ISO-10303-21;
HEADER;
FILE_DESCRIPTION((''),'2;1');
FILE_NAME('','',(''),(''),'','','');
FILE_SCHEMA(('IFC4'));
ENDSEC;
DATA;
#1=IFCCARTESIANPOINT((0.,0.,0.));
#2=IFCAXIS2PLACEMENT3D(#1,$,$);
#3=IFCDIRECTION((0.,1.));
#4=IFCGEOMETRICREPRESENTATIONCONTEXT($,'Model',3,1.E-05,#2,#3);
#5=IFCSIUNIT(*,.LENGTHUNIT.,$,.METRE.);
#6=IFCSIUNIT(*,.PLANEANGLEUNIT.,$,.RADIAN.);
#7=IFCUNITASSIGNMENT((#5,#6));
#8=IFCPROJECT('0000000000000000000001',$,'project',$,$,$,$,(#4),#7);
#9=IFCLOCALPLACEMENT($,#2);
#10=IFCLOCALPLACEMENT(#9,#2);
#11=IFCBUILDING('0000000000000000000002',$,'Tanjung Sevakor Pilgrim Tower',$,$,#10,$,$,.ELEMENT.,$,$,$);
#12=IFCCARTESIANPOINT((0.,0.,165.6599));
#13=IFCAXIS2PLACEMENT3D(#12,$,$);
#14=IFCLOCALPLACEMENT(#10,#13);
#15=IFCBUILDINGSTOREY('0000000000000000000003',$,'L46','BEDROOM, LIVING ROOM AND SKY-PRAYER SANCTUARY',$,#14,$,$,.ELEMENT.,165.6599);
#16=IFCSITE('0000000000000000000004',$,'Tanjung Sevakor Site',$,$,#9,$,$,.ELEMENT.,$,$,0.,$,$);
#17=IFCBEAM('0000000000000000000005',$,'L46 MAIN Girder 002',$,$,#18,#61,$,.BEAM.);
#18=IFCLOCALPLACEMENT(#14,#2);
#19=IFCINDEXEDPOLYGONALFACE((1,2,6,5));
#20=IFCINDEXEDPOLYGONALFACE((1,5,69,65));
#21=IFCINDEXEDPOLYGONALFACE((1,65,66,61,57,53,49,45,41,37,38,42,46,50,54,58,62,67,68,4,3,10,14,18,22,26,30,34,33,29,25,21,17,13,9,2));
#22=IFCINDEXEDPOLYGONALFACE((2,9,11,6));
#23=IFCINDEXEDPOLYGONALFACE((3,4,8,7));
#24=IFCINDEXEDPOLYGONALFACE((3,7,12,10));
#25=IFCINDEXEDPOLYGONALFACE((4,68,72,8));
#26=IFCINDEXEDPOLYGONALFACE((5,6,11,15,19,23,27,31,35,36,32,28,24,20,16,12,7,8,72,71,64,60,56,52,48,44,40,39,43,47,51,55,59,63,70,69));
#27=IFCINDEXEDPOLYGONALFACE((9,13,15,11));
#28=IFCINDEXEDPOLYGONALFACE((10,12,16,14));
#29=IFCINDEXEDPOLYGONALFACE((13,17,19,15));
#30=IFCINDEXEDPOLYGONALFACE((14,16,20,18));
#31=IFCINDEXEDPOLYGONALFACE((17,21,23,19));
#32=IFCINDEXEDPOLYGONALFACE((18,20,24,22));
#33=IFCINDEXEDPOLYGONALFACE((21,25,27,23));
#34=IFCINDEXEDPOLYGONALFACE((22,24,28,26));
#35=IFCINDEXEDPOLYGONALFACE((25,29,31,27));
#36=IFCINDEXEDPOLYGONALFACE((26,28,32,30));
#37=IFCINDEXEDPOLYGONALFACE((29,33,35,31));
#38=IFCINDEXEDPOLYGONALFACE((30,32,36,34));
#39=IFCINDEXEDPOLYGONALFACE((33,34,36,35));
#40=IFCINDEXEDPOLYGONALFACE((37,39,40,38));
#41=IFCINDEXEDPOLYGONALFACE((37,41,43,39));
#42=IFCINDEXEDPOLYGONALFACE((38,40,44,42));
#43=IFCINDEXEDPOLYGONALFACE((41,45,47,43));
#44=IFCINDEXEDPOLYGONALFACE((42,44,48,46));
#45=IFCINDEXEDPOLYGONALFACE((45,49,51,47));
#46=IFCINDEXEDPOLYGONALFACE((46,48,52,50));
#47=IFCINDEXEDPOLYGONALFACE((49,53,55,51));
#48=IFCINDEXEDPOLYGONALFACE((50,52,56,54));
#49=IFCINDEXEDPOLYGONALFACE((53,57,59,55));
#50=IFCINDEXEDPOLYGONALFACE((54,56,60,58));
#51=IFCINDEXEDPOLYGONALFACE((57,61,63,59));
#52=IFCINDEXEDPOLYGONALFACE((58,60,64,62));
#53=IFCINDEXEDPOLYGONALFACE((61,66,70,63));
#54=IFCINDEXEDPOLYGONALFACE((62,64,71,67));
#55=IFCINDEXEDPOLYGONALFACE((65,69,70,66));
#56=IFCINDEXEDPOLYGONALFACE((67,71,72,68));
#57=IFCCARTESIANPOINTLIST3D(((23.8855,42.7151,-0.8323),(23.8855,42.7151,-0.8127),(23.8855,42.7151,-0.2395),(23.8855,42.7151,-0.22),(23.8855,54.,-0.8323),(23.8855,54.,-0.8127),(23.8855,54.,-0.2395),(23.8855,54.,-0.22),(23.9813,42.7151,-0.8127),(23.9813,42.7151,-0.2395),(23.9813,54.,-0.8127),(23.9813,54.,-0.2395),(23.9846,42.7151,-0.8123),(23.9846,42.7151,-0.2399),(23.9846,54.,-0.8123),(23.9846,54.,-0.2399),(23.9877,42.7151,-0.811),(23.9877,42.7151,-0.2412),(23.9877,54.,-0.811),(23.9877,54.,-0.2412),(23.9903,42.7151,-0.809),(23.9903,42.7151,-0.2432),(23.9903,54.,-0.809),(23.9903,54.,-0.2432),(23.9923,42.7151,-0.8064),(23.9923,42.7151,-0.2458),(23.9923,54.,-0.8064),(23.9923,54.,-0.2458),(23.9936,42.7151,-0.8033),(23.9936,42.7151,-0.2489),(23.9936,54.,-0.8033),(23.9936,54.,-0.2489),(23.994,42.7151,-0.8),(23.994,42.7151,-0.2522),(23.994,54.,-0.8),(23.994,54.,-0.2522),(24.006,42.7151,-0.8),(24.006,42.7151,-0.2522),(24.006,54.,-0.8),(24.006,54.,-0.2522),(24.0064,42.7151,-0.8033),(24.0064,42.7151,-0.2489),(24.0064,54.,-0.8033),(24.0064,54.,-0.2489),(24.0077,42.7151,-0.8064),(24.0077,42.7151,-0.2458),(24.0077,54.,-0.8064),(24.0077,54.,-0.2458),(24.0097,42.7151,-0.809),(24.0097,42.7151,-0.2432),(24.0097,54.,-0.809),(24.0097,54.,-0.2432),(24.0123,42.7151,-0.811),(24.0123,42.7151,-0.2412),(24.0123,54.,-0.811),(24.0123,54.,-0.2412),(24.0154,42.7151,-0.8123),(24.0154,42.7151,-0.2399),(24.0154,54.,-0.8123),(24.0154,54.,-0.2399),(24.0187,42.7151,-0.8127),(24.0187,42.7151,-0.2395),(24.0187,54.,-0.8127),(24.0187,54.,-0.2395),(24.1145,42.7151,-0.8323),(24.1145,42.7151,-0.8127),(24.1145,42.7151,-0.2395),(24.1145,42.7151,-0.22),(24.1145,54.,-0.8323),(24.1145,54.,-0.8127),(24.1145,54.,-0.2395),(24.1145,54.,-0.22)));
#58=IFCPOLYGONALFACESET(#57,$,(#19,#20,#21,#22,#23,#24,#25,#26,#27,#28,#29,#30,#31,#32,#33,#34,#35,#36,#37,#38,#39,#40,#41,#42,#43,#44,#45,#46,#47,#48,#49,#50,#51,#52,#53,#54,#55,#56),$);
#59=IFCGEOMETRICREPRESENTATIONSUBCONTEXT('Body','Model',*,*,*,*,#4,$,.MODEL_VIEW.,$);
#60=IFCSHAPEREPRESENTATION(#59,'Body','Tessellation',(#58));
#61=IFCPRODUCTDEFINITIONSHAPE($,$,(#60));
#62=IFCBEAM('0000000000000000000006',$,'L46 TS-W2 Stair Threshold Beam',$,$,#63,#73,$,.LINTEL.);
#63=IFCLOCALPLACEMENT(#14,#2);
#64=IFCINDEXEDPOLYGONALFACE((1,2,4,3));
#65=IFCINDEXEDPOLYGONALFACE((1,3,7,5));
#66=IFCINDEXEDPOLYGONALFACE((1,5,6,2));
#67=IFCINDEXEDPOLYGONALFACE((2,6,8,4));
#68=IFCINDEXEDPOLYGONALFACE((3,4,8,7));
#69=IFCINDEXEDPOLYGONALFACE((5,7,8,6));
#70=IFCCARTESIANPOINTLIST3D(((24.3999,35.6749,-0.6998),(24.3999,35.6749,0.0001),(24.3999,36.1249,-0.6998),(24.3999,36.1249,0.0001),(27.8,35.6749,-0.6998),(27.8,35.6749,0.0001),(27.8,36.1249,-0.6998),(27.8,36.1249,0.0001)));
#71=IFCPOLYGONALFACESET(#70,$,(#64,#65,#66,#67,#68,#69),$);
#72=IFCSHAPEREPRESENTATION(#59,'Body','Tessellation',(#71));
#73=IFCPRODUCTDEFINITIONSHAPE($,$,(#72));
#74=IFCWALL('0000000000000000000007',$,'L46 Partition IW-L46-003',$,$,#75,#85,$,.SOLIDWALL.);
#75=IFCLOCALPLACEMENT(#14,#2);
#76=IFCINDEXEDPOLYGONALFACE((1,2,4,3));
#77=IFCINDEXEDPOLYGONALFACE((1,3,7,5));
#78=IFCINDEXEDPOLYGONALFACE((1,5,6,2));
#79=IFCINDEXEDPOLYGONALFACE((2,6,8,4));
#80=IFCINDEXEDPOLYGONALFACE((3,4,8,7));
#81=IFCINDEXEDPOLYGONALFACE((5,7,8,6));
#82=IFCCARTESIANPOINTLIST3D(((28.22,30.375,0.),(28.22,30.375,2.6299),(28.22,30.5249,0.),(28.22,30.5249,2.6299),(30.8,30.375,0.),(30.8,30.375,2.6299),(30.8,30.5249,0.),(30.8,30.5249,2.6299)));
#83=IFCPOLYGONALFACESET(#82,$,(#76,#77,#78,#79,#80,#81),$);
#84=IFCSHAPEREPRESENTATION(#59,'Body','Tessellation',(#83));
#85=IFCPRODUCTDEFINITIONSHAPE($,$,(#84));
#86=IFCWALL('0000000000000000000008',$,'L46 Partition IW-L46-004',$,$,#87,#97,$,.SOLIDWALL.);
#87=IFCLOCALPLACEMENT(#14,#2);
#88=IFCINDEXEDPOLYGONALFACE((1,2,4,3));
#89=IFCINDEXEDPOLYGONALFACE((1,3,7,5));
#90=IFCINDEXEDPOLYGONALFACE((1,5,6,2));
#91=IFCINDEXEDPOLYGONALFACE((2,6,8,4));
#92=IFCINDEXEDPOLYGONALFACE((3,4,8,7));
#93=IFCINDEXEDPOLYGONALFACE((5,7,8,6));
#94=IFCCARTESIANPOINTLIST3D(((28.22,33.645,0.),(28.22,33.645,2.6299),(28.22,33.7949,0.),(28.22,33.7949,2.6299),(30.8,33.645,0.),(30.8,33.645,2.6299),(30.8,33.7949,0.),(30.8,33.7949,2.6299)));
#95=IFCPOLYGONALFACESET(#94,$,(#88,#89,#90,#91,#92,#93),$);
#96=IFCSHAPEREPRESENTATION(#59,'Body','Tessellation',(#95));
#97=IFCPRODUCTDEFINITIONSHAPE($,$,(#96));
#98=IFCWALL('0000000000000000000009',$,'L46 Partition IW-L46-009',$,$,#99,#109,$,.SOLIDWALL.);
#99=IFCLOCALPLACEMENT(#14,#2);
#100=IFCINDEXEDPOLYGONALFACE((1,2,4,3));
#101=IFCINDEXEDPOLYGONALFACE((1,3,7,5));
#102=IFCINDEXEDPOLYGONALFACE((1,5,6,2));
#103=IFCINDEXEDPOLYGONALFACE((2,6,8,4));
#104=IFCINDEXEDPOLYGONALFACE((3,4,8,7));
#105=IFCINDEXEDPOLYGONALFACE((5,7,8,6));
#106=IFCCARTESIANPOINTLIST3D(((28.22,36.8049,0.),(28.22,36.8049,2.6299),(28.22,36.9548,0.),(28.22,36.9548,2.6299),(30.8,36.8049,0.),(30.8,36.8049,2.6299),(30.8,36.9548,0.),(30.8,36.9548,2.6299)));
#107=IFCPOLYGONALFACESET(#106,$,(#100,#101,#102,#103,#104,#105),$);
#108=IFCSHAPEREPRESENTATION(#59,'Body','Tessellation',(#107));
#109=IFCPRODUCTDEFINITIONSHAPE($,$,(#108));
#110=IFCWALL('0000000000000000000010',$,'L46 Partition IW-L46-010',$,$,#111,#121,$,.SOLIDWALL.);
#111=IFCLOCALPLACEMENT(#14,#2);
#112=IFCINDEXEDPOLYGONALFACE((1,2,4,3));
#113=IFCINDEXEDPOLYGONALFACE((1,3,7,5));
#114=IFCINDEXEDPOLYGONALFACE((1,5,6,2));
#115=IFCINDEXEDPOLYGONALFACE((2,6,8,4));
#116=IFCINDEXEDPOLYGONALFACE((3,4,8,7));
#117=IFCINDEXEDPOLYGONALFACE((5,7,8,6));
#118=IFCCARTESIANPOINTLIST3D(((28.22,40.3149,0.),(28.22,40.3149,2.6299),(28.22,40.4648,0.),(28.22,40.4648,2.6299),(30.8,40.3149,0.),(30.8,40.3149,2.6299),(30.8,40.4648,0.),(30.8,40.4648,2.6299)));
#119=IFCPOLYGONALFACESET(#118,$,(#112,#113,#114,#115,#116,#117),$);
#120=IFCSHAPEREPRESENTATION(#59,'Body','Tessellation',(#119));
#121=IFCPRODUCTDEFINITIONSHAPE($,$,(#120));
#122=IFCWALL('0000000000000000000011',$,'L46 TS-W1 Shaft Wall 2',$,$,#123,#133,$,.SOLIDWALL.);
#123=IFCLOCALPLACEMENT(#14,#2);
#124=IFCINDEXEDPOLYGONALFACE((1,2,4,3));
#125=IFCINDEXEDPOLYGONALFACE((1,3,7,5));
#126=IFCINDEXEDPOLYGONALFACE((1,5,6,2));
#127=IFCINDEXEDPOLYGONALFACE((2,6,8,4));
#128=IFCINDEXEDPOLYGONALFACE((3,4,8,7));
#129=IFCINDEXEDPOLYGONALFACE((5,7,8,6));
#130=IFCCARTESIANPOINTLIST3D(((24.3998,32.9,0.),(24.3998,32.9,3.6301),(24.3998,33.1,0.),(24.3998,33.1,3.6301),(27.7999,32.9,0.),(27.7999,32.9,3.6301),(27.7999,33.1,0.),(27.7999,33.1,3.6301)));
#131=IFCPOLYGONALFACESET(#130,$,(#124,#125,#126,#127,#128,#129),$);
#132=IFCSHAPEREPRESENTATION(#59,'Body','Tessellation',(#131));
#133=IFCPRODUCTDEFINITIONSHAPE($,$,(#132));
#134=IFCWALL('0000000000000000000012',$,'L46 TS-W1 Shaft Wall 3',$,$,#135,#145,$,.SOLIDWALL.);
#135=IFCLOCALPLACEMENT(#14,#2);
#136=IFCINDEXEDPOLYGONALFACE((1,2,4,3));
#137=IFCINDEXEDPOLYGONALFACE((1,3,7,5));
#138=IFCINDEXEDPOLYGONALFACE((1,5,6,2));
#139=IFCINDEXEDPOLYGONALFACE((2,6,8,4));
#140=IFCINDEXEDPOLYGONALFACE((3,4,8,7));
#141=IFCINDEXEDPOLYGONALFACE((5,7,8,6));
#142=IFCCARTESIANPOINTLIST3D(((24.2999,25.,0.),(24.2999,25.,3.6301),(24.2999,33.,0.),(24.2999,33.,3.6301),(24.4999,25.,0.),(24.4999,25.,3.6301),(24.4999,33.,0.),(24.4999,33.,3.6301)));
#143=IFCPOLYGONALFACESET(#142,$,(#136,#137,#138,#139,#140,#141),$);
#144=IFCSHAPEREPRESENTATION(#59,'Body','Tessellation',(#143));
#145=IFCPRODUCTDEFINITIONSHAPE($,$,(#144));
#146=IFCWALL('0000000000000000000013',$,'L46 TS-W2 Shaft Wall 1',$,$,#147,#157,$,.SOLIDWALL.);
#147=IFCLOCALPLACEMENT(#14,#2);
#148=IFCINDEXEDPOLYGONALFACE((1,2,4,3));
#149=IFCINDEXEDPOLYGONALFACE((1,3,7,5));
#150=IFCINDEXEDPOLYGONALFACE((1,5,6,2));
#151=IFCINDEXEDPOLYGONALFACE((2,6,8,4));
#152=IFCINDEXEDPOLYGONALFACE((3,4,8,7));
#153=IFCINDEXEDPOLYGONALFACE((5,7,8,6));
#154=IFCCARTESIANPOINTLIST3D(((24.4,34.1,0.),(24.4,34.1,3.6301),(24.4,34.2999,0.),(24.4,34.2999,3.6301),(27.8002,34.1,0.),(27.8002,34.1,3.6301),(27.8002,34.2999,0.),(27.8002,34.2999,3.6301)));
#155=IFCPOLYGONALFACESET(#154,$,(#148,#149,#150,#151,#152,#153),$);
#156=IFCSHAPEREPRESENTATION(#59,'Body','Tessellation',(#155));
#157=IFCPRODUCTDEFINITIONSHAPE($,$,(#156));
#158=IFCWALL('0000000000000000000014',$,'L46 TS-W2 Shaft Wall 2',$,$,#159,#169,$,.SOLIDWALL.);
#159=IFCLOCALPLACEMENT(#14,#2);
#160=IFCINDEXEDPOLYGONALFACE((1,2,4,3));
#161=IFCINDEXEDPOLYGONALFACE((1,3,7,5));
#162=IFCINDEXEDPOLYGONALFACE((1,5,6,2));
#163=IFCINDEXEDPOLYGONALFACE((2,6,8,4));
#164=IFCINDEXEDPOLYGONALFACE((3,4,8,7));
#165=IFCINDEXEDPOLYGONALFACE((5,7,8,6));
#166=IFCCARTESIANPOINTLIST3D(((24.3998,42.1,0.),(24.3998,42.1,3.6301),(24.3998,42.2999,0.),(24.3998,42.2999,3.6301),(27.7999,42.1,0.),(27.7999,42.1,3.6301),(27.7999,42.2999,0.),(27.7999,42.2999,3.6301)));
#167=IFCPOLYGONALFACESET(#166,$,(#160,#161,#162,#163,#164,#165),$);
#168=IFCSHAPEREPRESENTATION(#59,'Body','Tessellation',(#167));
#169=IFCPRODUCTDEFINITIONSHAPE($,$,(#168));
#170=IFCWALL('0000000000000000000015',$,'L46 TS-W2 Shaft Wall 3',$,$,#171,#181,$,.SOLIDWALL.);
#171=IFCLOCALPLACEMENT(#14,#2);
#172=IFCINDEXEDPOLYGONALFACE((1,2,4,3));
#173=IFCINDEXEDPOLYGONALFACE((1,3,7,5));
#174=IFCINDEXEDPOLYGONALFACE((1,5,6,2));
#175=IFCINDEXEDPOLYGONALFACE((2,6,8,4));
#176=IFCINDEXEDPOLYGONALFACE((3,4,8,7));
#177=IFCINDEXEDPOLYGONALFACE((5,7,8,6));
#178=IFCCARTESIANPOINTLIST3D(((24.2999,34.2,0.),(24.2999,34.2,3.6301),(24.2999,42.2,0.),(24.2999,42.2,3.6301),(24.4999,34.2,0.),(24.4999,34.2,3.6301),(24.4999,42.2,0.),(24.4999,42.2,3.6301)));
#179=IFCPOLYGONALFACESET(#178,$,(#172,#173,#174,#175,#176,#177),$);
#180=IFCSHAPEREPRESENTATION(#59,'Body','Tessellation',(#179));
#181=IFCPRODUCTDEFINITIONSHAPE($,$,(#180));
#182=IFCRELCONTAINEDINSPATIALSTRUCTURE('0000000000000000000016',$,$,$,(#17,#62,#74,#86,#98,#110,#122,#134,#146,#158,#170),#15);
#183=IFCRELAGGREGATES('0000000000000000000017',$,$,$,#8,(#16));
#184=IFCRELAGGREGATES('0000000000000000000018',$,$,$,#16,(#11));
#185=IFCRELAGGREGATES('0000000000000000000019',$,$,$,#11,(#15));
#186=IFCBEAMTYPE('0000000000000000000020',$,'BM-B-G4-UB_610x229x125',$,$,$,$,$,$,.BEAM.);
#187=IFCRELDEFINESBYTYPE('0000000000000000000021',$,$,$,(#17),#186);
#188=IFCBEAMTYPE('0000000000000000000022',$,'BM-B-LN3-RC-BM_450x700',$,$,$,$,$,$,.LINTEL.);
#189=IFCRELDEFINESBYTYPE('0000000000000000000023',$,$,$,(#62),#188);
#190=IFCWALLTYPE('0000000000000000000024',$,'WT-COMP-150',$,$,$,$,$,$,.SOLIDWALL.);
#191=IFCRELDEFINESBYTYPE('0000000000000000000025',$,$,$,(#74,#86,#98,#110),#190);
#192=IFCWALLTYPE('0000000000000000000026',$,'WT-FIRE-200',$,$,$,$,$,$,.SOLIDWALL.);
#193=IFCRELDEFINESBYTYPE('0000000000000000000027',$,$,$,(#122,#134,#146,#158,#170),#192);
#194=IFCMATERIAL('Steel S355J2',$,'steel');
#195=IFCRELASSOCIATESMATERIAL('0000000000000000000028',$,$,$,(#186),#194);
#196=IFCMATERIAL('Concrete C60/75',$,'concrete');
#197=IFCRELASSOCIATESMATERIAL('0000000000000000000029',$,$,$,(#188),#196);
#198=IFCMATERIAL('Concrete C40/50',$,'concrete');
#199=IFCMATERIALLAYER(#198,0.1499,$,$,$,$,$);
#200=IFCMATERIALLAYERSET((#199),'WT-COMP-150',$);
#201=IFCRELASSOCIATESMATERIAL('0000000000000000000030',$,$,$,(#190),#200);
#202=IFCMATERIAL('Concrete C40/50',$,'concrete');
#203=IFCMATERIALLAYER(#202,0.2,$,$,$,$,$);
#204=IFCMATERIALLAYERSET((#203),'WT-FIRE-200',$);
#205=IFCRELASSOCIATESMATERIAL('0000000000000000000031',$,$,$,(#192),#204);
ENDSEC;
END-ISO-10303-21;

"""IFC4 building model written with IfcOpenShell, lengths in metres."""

from ifc_helpers import new_model, si_unit, direction, frame, frame_2d, origin, origin_2d, place, context, subcontext, project, spatial, rectangle, i_section, extrude, material, layer, layer_set, material_profile, profile_set, type_object, element, save


model = new_model("IFC4")

# Units and contexts
model_context = context("Model", 3, precision=1e-05, world=origin(), true_north=direction((0.0, 1.0)))
body_context = subcontext(model_context, "Body", "Model", "MODEL_VIEW")
ifc_project = project(units=[si_unit("LENGTHUNIT", "METRE"), si_unit("PLANEANGLEUNIT", "RADIAN")], contexts=[model_context])

# Site, building, storey
site_placement = place(None, origin())
site = spatial("IfcSite", under=ifc_project, at=site_placement, Name="Tanjung Sevakor Site", CompositionType="ELEMENT", RefElevation=0.0)
building_placement = place(site_placement, origin())
building = spatial("IfcBuilding", under=site, at=building_placement, Name="Tanjung Sevakor Pilgrim Tower", CompositionType="ELEMENT")
storey_placement = place(building_placement, frame((0.0, 0.0, 165.6599)))
storey = spatial("IfcBuildingStorey", under=building, at=storey_placement, Name="L46", Description="BEDROOM, LIVING ROOM AND SKY-PRAYER SANCTUARY", CompositionType="ELEMENT", Elevation=165.6599)

# Beams
ifc_material_1 = material(Name="Steel S355J2", Category="steel")
ifc_material_profile_1 = material_profile(ifc_material_1, i_section(OverallWidth=0.229, OverallDepth=0.6123, WebThickness=0.012, FlangeThickness=0.0195, FilletRadius=0.0127, at=origin_2d()))
ifc_profile_set_1 = profile_set([ifc_material_profile_1], Name="Steel S355J2")
beam_type_1 = type_object("IfcBeamType", Name="BM-B-G4-UB_610x229x125", PredefinedType="BEAM", material=ifc_profile_set_1)
beam_1_placement = place(storey_placement, frame((24.0, 42.7151, -0.5261), z_axis=(0.0, 1.0, 0.0), x_axis=(-1.0, 0.0, 0.0)))
element("IfcBeam", 1, at=beam_1_placement, inside=storey, type_object=beam_type_1, Name="L46 MAIN Girder 002", PredefinedType="BEAM", context=body_context, shape_type="SweptSolid", body=[
    extrude(i_section(OverallWidth=0.229, OverallDepth=0.6123, WebThickness=0.012, FlangeThickness=0.0195, FilletRadius=0.0127, at=origin_2d()), origin(), (0.0, 0.0, 1.0), 11.2849),
])
ifc_material_2 = material(Name="Concrete C60/75", Category="concrete")
ifc_material_profile_2 = material_profile(ifc_material_2, rectangle(XDim=0.45, YDim=0.7, at=origin_2d()))
ifc_profile_set_2 = profile_set([ifc_material_profile_2], Name="Concrete C60/75")
beam_type_2 = type_object("IfcBeamType", Name="BM-B-LN3-RC-BM_450x700", PredefinedType="LINTEL", material=ifc_profile_set_2)
beam_2_placement = place(storey_placement, frame((24.3999, 35.8999, -0.3499), z_axis=(1.0, 0.0, 0.0), x_axis=(0.0, 1.0, 0.0)))
element("IfcBeam", 2, at=beam_2_placement, inside=storey, type_object=beam_type_2, Name="L46 TS-W2 Stair Threshold Beam", PredefinedType="LINTEL", context=body_context, shape_type="SweptSolid", body=[
    extrude(rectangle(XDim=0.45, YDim=0.7, at=origin_2d()), origin(), (0.0, 0.0, 1.0), 3.4001),
])

# Walls
ifc_material_3 = material(Name="Concrete C40/50", Category="concrete")
ifc_layer_1 = layer(ifc_material_3, 0.1499)
ifc_layer_set_1 = layer_set([ifc_layer_1], Name="WT-COMP-150")
wall_type_1 = type_object("IfcWallType", Name="WT-COMP-150", PredefinedType="SOLIDWALL", material=ifc_layer_set_1)
for number, where, z_axis, x_axis, name in (
    (3, (28.22, 30.45, 0.0), (0.0, 0.0, 1.0), (1.0, 0.0, 0.0), "L46 Partition IW-L46-003"),
    (4, (28.22, 33.72, 0.0), (0.0, 0.0, 1.0), (1.0, 0.0, 0.0), "L46 Partition IW-L46-004"),
    (5, (28.22, 36.8799, 0.0), (0.0, 0.0, 1.0), (1.0, 0.0, 0.0), "L46 Partition IW-L46-009"),
    (6, (28.22, 40.3899, 0.0), (0.0, 0.0, 1.0), (1.0, 0.0, 0.0), "L46 Partition IW-L46-010"),
):
    element("IfcWall", number, at=place(storey_placement, frame(where, z_axis=z_axis, x_axis=x_axis)), inside=storey, type_object=wall_type_1, Name=name, PredefinedType="SOLIDWALL", context=body_context, shape_type="SweptSolid", body=[
        extrude(rectangle(XDim=2.5801, YDim=0.1499, at=frame_2d((1.29, 0.0))), origin(), (0.0, 0.0, 1.0), 2.6299),
    ])
ifc_material_4 = material(Name="Concrete C40/50", Category="concrete")
ifc_layer_2 = layer(ifc_material_4, 0.2)
ifc_layer_set_2 = layer_set([ifc_layer_2], Name="WT-FIRE-200")
wall_type_2 = type_object("IfcWallType", Name="WT-FIRE-200", PredefinedType="SOLIDWALL", material=ifc_layer_set_2)
wall_1_placement = place(storey_placement, frame((27.8, 33.0, 0.0), z_axis=(0.0, 0.0, 1.0), x_axis=(-1.0, 0.0, 0.0)))
element("IfcWall", 7, at=wall_1_placement, inside=storey, type_object=wall_type_2, Name="L46 TS-W1 Shaft Wall 2", PredefinedType="SOLIDWALL", context=body_context, shape_type="SweptSolid", body=[
    extrude(rectangle(XDim=3.4001, YDim=0.2, at=frame_2d((1.7002, 0.0))), origin(), (0.0, 0.0, 1.0), 3.6301),
])
wall_2_placement = place(storey_placement, frame((24.3999, 33.0, 0.0), z_axis=(0.0, 0.0, 1.0), x_axis=(0.0, -1.0, 0.0)))
element("IfcWall", 8, at=wall_2_placement, inside=storey, type_object=wall_type_2, Name="L46 TS-W1 Shaft Wall 3", PredefinedType="SOLIDWALL", context=body_context, shape_type="SweptSolid", body=[
    extrude(rectangle(XDim=8.0, YDim=0.2, at=frame_2d((4.0, 0.0))), origin(), (0.0, 0.0, 1.0), 3.6301),
])
for number, where, z_axis, x_axis, name in (
    (9, (24.3999, 34.2, 0.0), (0.0, 0.0, 1.0), (1.0, 0.0, 0.0), "L46 TS-W2 Shaft Wall 1"),
    (10, (27.8, 42.2, 0.0), (0.0, 0.0, 1.0), (-1.0, 0.0, 0.0), "L46 TS-W2 Shaft Wall 2"),
):
    element("IfcWall", number, at=place(storey_placement, frame(where, z_axis=z_axis, x_axis=x_axis)), inside=storey, type_object=wall_type_2, Name=name, PredefinedType="SOLIDWALL", context=body_context, shape_type="SweptSolid", body=[
        extrude(rectangle(XDim=3.4001, YDim=0.2, at=frame_2d((1.7002, 0.0))), origin(), (0.0, 0.0, 1.0), 3.6301),
    ])
wall_3_placement = place(storey_placement, frame((24.3999, 42.2, 0.0), z_axis=(0.0, 0.0, 1.0), x_axis=(0.0, -1.0, 0.0)))
element("IfcWall", 11, at=wall_3_placement, inside=storey, type_object=wall_type_2, Name="L46 TS-W2 Shaft Wall 3", PredefinedType="SOLIDWALL", context=body_context, shape_type="SweptSolid", body=[
    extrude(rectangle(XDim=8.0, YDim=0.2, at=frame_2d((4.0, 0.0))), origin(), (0.0, 0.0, 1.0), 3.6301),
])

save(model, "model.ifc")
